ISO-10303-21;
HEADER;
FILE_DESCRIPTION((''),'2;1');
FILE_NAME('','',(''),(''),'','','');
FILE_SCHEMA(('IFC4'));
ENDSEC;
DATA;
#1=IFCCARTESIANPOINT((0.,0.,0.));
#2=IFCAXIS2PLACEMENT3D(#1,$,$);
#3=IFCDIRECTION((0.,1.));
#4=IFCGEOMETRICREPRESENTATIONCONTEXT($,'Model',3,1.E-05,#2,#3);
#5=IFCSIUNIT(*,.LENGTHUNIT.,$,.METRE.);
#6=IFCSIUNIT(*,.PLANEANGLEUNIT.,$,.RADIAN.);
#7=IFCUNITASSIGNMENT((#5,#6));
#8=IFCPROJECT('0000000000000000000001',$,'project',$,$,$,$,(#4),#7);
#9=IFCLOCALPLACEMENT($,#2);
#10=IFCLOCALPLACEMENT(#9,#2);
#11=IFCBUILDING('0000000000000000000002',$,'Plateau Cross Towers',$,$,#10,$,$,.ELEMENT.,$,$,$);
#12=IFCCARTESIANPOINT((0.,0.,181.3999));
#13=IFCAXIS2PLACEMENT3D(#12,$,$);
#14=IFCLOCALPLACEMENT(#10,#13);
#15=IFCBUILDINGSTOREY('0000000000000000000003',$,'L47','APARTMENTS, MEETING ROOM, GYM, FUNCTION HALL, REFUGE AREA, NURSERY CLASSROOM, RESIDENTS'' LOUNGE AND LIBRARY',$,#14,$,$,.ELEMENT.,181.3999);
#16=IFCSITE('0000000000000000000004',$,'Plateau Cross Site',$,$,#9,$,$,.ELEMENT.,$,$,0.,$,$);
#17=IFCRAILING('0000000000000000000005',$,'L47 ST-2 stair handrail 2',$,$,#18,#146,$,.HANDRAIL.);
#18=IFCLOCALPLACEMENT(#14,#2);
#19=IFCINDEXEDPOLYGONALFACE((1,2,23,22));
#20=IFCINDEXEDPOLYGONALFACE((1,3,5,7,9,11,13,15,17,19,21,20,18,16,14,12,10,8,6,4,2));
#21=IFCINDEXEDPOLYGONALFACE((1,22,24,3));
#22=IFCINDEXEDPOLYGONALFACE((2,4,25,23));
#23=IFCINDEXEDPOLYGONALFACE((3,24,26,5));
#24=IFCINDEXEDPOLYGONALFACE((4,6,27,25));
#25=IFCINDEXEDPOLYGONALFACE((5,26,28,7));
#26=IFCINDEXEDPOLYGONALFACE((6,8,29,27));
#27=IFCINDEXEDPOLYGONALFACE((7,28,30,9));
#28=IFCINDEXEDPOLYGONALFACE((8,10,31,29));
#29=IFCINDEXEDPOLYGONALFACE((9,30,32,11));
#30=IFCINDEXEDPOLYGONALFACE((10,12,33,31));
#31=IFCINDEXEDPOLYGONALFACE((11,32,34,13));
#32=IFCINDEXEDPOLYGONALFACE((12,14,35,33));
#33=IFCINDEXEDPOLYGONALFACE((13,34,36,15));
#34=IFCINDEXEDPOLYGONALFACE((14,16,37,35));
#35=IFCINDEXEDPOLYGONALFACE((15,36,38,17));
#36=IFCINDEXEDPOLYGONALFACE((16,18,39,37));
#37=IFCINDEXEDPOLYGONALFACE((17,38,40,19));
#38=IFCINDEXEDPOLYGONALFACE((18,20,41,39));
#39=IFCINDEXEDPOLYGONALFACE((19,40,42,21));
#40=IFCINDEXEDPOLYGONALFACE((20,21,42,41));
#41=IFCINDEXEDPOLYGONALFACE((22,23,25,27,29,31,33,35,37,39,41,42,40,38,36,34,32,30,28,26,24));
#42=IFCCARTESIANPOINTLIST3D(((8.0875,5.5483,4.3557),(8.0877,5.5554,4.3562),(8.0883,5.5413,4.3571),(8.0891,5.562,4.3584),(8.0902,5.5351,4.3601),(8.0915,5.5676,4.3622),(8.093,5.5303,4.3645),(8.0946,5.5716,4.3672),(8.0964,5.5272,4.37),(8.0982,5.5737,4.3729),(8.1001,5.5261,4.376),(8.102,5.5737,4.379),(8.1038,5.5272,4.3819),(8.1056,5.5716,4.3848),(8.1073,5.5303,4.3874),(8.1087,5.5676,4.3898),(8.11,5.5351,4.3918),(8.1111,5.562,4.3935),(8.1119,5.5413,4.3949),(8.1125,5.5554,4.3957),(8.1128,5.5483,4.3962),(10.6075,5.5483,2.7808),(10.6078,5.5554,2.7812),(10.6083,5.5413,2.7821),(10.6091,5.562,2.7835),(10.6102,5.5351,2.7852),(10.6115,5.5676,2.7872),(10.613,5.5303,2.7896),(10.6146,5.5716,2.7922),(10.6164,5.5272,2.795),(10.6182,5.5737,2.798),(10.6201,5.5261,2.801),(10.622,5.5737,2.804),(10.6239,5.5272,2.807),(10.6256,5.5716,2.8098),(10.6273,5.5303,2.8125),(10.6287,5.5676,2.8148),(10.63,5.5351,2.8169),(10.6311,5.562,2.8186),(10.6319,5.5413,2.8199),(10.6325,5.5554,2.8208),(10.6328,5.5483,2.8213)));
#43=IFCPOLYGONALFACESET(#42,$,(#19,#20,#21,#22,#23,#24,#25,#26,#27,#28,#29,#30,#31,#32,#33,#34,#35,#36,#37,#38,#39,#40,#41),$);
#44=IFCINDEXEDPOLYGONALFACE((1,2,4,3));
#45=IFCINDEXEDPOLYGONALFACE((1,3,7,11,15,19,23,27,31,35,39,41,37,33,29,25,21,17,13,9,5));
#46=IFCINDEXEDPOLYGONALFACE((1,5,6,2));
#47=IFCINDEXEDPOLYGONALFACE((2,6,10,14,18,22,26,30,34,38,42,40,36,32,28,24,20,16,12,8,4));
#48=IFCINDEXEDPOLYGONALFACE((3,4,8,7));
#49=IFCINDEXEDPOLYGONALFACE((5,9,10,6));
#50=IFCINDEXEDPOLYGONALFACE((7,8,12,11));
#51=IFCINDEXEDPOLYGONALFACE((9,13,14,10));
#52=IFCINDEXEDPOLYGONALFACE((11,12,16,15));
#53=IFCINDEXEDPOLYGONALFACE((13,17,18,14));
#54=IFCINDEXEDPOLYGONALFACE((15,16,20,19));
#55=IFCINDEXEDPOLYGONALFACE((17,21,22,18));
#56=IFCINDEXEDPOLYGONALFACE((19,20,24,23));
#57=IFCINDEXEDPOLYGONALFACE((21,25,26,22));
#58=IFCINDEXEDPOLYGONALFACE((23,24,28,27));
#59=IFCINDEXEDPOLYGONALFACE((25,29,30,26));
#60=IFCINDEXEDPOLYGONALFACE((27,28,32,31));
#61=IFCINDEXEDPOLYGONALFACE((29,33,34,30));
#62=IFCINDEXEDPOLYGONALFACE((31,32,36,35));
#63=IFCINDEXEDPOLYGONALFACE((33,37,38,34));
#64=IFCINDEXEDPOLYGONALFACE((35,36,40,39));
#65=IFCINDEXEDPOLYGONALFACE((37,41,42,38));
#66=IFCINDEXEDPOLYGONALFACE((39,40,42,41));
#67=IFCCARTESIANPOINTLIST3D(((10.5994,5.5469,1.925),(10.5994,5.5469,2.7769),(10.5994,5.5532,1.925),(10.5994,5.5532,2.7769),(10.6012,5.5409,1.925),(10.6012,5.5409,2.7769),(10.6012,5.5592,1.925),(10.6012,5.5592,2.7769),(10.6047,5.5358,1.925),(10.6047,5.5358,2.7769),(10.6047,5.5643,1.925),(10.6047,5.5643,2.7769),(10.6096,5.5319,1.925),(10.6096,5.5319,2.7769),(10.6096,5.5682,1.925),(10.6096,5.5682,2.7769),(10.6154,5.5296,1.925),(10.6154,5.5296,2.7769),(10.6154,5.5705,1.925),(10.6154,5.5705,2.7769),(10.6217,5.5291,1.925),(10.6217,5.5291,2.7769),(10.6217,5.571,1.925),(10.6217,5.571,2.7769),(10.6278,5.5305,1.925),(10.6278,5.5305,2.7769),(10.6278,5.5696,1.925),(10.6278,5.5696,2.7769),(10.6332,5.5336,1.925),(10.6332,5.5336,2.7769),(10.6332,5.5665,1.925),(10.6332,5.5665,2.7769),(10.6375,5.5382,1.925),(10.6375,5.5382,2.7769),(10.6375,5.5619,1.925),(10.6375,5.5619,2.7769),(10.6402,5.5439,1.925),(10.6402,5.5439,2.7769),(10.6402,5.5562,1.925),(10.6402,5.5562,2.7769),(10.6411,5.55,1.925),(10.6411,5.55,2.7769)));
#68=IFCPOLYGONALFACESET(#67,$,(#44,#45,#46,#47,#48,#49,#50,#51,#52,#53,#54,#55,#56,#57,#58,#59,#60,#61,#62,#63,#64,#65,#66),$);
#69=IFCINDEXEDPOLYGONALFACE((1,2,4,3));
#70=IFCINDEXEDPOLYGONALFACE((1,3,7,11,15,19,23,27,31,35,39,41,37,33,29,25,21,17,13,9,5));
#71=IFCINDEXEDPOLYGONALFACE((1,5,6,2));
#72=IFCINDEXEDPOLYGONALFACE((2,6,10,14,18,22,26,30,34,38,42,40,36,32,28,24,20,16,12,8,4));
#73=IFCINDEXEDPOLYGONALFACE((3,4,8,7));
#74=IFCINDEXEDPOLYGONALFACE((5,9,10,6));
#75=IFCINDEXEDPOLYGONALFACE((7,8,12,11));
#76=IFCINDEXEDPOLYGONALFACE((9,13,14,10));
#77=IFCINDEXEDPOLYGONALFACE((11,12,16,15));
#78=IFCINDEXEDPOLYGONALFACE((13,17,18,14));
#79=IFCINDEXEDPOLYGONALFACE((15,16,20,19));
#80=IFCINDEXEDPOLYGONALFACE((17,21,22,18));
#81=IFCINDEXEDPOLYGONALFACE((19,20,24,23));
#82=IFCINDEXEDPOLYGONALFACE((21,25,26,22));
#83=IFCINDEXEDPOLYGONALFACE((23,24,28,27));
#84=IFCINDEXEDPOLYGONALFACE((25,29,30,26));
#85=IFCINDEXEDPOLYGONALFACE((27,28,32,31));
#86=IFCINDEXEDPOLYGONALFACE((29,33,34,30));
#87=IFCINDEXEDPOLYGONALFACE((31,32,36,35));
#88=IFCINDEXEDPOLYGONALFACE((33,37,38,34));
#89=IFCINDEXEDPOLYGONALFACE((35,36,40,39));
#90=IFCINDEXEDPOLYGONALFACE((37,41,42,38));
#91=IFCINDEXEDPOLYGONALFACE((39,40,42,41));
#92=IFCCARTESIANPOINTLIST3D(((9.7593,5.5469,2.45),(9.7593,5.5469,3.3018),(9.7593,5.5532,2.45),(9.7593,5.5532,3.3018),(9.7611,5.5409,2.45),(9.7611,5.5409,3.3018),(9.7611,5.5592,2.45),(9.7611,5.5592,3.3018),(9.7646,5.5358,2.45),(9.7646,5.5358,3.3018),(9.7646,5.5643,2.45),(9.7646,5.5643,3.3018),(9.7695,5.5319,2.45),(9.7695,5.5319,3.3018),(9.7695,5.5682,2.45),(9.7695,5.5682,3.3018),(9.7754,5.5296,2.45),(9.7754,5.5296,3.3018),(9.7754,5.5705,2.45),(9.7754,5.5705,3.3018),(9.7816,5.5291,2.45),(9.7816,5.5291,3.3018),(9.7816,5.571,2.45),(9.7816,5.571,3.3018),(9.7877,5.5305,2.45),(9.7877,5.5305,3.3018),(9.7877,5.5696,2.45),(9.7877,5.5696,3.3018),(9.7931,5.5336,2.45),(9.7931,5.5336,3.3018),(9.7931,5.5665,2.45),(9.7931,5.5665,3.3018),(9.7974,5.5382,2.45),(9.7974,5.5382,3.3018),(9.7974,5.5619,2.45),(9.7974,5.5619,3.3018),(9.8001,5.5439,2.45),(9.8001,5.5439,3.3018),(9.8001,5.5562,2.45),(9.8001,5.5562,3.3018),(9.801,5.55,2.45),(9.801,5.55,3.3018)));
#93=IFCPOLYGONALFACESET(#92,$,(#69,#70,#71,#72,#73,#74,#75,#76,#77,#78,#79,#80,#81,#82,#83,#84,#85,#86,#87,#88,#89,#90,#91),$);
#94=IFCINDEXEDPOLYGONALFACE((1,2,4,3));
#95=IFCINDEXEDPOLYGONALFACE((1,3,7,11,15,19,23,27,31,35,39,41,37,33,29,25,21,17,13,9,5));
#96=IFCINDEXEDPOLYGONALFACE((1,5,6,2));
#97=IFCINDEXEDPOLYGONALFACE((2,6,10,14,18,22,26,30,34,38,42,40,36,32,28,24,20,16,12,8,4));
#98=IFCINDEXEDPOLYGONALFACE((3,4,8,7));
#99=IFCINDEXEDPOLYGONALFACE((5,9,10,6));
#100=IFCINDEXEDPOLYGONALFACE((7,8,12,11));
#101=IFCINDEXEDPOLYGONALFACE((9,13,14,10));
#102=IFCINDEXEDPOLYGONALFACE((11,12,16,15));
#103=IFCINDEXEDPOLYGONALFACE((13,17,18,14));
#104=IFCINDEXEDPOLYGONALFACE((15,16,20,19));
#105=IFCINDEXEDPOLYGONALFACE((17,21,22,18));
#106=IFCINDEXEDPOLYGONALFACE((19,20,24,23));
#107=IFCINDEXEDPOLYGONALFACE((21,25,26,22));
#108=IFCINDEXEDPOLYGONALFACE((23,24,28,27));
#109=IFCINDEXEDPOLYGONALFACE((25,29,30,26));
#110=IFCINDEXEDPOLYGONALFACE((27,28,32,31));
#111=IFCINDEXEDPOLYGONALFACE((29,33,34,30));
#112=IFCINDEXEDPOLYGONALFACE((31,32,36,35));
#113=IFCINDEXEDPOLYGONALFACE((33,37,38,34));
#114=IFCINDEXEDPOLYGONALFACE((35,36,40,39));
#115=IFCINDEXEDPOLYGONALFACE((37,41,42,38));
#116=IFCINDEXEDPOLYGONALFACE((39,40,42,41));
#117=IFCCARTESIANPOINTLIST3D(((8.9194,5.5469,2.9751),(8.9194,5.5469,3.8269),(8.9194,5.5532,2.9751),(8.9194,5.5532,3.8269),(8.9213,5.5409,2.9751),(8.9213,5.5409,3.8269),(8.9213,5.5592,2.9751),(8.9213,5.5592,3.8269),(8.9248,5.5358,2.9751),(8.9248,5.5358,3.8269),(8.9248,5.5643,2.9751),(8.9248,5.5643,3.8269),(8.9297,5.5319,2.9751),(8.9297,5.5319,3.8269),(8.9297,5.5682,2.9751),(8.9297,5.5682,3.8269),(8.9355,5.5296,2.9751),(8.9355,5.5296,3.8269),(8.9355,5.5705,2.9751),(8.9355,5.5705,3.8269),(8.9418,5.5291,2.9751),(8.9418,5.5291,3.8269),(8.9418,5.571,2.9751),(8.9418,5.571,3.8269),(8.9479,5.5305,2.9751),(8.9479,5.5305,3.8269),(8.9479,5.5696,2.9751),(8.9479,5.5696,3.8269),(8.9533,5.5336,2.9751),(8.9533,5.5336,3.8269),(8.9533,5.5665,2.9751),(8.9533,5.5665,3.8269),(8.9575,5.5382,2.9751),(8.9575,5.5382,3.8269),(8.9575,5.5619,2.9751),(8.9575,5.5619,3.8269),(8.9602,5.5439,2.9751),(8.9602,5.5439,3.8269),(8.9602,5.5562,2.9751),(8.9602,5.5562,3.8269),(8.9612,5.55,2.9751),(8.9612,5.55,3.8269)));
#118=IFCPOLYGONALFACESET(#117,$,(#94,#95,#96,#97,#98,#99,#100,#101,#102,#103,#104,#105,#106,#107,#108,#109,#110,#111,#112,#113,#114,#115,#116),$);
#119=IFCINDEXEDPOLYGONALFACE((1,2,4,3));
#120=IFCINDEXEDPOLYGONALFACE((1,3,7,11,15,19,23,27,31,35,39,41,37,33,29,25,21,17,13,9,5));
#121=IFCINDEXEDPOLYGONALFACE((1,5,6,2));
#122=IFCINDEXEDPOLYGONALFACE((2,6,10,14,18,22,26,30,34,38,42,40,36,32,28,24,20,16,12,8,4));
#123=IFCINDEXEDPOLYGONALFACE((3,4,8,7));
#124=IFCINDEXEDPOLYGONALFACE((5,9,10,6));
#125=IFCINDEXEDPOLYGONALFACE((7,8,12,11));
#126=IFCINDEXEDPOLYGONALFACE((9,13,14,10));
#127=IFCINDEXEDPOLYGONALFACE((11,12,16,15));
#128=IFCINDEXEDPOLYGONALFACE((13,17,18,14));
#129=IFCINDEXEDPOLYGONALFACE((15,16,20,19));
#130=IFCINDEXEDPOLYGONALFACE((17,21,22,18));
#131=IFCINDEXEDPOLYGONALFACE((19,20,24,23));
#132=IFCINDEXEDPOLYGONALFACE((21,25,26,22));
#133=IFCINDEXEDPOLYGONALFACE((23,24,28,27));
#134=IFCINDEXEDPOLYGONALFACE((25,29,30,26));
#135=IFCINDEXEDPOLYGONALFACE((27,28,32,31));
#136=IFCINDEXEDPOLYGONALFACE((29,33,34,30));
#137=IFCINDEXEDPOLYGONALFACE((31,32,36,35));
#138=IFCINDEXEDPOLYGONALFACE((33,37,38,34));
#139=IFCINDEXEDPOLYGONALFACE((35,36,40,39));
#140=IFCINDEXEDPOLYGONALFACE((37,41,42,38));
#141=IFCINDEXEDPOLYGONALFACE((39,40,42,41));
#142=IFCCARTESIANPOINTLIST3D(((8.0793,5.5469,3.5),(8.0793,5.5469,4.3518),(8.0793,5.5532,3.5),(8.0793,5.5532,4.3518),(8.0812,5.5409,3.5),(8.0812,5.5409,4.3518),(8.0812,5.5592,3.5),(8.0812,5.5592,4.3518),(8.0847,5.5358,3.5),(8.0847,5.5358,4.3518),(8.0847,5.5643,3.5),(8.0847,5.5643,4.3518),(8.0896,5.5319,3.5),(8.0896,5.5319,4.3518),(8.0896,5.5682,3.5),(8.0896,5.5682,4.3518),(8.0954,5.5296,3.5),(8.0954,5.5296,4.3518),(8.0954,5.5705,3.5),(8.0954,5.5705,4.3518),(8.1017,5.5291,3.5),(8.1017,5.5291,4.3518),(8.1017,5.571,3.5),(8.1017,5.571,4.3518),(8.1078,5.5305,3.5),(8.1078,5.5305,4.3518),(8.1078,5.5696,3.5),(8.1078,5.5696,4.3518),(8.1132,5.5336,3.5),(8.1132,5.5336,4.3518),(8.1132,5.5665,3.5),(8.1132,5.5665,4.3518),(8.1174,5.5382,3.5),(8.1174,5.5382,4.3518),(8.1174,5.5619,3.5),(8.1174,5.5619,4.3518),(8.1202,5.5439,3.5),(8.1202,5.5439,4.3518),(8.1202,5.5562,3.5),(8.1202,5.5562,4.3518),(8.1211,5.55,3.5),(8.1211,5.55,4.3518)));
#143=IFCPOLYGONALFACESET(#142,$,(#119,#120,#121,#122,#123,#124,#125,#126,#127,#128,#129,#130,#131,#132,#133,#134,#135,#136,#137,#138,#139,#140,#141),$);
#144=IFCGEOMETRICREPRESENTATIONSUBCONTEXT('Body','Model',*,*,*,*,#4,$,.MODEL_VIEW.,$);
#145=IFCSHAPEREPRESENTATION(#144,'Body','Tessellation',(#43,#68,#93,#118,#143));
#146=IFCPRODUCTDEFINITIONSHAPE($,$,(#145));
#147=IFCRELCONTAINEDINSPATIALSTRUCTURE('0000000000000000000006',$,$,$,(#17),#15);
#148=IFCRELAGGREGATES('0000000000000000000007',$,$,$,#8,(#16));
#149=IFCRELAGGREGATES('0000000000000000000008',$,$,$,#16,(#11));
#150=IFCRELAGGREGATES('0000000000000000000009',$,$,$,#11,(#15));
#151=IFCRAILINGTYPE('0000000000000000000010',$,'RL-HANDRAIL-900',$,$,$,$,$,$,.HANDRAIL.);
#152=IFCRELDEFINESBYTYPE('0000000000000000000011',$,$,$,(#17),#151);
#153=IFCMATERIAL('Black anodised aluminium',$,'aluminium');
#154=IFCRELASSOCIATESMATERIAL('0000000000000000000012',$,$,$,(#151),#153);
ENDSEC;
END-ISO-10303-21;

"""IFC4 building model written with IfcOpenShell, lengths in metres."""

from ifc_helpers import new_model, si_unit, direction, frame, origin, origin_2d, place, context, subcontext, project, spatial, circle, extrude, material, type_object, element, save


model = new_model("IFC4")

# Units and contexts
model_context = context("Model", 3, precision=1e-05, world=origin(), true_north=direction((0.0, 1.0)))
body_context = subcontext(model_context, "Body", "Model", "MODEL_VIEW")
ifc_project = project(units=[si_unit("LENGTHUNIT", "METRE"), si_unit("PLANEANGLEUNIT", "RADIAN")], contexts=[model_context])

# Site, building, storey
site_placement = place(None, origin())
site = spatial("IfcSite", under=ifc_project, at=site_placement, Name="Plateau Cross Site", CompositionType="ELEMENT", RefElevation=0.0)
building_placement = place(site_placement, origin())
building = spatial("IfcBuilding", under=site, at=building_placement, Name="Plateau Cross Towers", CompositionType="ELEMENT")
storey_placement = place(building_placement, frame((0.0, 0.0, 181.3999)))
storey = spatial("IfcBuildingStorey", under=building, at=storey_placement, Name="L47", Description="APARTMENTS, MEETING ROOM, GYM, FUNCTION HALL, REFUGE AREA, NURSERY CLASSROOM, RESIDENTS' LOUNGE AND LIBRARY", CompositionType="ELEMENT", Elevation=181.3999)

# Shared definitions
ifc_material_1 = material(Name="Black anodised aluminium", Category="aluminium")

# Railing
railing_type_1 = type_object("IfcRailingType", Name="RL-HANDRAIL-900", PredefinedType="HANDRAIL", material=ifc_material_1)
railing_1_placement = place(storey_placement, frame((10.6201, 5.55, 1.925)))
element("IfcRailing", 1, at=railing_1_placement, inside=storey, type_object=railing_type_1, Name="L47 ST-2 stair handrail 2", PredefinedType="HANDRAIL", context=body_context, shape_type="SweptSolid", body=[
    extrude(circle(Radius=0.0239, at=origin_2d()), frame((0.0, 0.0, 0.876), z_axis=(-0.848008, 0.0, 0.529984), x_axis=(0.0, -1.0, 0.0)), (0.0, 0.0, 1.0), 2.9717),
    extrude(circle(Radius=0.021, at=origin_2d()), origin(), (0.0, 0.0, 1.0), 0.8518),
    extrude(circle(Radius=0.021, at=origin_2d()), frame((-0.8401, 0.0, 0.5249)), (0.0, 0.0, 1.0), 0.8518),
    extrude(circle(Radius=0.021, at=origin_2d()), frame((-1.6799, 0.0, 1.05)), (0.0, 0.0, 1.0), 0.8518),
    extrude(circle(Radius=0.021, at=origin_2d()), frame((-2.52, 0.0, 1.575)), (0.0, 0.0, 1.0), 0.8518),
])

save(model, "model.ifc")
